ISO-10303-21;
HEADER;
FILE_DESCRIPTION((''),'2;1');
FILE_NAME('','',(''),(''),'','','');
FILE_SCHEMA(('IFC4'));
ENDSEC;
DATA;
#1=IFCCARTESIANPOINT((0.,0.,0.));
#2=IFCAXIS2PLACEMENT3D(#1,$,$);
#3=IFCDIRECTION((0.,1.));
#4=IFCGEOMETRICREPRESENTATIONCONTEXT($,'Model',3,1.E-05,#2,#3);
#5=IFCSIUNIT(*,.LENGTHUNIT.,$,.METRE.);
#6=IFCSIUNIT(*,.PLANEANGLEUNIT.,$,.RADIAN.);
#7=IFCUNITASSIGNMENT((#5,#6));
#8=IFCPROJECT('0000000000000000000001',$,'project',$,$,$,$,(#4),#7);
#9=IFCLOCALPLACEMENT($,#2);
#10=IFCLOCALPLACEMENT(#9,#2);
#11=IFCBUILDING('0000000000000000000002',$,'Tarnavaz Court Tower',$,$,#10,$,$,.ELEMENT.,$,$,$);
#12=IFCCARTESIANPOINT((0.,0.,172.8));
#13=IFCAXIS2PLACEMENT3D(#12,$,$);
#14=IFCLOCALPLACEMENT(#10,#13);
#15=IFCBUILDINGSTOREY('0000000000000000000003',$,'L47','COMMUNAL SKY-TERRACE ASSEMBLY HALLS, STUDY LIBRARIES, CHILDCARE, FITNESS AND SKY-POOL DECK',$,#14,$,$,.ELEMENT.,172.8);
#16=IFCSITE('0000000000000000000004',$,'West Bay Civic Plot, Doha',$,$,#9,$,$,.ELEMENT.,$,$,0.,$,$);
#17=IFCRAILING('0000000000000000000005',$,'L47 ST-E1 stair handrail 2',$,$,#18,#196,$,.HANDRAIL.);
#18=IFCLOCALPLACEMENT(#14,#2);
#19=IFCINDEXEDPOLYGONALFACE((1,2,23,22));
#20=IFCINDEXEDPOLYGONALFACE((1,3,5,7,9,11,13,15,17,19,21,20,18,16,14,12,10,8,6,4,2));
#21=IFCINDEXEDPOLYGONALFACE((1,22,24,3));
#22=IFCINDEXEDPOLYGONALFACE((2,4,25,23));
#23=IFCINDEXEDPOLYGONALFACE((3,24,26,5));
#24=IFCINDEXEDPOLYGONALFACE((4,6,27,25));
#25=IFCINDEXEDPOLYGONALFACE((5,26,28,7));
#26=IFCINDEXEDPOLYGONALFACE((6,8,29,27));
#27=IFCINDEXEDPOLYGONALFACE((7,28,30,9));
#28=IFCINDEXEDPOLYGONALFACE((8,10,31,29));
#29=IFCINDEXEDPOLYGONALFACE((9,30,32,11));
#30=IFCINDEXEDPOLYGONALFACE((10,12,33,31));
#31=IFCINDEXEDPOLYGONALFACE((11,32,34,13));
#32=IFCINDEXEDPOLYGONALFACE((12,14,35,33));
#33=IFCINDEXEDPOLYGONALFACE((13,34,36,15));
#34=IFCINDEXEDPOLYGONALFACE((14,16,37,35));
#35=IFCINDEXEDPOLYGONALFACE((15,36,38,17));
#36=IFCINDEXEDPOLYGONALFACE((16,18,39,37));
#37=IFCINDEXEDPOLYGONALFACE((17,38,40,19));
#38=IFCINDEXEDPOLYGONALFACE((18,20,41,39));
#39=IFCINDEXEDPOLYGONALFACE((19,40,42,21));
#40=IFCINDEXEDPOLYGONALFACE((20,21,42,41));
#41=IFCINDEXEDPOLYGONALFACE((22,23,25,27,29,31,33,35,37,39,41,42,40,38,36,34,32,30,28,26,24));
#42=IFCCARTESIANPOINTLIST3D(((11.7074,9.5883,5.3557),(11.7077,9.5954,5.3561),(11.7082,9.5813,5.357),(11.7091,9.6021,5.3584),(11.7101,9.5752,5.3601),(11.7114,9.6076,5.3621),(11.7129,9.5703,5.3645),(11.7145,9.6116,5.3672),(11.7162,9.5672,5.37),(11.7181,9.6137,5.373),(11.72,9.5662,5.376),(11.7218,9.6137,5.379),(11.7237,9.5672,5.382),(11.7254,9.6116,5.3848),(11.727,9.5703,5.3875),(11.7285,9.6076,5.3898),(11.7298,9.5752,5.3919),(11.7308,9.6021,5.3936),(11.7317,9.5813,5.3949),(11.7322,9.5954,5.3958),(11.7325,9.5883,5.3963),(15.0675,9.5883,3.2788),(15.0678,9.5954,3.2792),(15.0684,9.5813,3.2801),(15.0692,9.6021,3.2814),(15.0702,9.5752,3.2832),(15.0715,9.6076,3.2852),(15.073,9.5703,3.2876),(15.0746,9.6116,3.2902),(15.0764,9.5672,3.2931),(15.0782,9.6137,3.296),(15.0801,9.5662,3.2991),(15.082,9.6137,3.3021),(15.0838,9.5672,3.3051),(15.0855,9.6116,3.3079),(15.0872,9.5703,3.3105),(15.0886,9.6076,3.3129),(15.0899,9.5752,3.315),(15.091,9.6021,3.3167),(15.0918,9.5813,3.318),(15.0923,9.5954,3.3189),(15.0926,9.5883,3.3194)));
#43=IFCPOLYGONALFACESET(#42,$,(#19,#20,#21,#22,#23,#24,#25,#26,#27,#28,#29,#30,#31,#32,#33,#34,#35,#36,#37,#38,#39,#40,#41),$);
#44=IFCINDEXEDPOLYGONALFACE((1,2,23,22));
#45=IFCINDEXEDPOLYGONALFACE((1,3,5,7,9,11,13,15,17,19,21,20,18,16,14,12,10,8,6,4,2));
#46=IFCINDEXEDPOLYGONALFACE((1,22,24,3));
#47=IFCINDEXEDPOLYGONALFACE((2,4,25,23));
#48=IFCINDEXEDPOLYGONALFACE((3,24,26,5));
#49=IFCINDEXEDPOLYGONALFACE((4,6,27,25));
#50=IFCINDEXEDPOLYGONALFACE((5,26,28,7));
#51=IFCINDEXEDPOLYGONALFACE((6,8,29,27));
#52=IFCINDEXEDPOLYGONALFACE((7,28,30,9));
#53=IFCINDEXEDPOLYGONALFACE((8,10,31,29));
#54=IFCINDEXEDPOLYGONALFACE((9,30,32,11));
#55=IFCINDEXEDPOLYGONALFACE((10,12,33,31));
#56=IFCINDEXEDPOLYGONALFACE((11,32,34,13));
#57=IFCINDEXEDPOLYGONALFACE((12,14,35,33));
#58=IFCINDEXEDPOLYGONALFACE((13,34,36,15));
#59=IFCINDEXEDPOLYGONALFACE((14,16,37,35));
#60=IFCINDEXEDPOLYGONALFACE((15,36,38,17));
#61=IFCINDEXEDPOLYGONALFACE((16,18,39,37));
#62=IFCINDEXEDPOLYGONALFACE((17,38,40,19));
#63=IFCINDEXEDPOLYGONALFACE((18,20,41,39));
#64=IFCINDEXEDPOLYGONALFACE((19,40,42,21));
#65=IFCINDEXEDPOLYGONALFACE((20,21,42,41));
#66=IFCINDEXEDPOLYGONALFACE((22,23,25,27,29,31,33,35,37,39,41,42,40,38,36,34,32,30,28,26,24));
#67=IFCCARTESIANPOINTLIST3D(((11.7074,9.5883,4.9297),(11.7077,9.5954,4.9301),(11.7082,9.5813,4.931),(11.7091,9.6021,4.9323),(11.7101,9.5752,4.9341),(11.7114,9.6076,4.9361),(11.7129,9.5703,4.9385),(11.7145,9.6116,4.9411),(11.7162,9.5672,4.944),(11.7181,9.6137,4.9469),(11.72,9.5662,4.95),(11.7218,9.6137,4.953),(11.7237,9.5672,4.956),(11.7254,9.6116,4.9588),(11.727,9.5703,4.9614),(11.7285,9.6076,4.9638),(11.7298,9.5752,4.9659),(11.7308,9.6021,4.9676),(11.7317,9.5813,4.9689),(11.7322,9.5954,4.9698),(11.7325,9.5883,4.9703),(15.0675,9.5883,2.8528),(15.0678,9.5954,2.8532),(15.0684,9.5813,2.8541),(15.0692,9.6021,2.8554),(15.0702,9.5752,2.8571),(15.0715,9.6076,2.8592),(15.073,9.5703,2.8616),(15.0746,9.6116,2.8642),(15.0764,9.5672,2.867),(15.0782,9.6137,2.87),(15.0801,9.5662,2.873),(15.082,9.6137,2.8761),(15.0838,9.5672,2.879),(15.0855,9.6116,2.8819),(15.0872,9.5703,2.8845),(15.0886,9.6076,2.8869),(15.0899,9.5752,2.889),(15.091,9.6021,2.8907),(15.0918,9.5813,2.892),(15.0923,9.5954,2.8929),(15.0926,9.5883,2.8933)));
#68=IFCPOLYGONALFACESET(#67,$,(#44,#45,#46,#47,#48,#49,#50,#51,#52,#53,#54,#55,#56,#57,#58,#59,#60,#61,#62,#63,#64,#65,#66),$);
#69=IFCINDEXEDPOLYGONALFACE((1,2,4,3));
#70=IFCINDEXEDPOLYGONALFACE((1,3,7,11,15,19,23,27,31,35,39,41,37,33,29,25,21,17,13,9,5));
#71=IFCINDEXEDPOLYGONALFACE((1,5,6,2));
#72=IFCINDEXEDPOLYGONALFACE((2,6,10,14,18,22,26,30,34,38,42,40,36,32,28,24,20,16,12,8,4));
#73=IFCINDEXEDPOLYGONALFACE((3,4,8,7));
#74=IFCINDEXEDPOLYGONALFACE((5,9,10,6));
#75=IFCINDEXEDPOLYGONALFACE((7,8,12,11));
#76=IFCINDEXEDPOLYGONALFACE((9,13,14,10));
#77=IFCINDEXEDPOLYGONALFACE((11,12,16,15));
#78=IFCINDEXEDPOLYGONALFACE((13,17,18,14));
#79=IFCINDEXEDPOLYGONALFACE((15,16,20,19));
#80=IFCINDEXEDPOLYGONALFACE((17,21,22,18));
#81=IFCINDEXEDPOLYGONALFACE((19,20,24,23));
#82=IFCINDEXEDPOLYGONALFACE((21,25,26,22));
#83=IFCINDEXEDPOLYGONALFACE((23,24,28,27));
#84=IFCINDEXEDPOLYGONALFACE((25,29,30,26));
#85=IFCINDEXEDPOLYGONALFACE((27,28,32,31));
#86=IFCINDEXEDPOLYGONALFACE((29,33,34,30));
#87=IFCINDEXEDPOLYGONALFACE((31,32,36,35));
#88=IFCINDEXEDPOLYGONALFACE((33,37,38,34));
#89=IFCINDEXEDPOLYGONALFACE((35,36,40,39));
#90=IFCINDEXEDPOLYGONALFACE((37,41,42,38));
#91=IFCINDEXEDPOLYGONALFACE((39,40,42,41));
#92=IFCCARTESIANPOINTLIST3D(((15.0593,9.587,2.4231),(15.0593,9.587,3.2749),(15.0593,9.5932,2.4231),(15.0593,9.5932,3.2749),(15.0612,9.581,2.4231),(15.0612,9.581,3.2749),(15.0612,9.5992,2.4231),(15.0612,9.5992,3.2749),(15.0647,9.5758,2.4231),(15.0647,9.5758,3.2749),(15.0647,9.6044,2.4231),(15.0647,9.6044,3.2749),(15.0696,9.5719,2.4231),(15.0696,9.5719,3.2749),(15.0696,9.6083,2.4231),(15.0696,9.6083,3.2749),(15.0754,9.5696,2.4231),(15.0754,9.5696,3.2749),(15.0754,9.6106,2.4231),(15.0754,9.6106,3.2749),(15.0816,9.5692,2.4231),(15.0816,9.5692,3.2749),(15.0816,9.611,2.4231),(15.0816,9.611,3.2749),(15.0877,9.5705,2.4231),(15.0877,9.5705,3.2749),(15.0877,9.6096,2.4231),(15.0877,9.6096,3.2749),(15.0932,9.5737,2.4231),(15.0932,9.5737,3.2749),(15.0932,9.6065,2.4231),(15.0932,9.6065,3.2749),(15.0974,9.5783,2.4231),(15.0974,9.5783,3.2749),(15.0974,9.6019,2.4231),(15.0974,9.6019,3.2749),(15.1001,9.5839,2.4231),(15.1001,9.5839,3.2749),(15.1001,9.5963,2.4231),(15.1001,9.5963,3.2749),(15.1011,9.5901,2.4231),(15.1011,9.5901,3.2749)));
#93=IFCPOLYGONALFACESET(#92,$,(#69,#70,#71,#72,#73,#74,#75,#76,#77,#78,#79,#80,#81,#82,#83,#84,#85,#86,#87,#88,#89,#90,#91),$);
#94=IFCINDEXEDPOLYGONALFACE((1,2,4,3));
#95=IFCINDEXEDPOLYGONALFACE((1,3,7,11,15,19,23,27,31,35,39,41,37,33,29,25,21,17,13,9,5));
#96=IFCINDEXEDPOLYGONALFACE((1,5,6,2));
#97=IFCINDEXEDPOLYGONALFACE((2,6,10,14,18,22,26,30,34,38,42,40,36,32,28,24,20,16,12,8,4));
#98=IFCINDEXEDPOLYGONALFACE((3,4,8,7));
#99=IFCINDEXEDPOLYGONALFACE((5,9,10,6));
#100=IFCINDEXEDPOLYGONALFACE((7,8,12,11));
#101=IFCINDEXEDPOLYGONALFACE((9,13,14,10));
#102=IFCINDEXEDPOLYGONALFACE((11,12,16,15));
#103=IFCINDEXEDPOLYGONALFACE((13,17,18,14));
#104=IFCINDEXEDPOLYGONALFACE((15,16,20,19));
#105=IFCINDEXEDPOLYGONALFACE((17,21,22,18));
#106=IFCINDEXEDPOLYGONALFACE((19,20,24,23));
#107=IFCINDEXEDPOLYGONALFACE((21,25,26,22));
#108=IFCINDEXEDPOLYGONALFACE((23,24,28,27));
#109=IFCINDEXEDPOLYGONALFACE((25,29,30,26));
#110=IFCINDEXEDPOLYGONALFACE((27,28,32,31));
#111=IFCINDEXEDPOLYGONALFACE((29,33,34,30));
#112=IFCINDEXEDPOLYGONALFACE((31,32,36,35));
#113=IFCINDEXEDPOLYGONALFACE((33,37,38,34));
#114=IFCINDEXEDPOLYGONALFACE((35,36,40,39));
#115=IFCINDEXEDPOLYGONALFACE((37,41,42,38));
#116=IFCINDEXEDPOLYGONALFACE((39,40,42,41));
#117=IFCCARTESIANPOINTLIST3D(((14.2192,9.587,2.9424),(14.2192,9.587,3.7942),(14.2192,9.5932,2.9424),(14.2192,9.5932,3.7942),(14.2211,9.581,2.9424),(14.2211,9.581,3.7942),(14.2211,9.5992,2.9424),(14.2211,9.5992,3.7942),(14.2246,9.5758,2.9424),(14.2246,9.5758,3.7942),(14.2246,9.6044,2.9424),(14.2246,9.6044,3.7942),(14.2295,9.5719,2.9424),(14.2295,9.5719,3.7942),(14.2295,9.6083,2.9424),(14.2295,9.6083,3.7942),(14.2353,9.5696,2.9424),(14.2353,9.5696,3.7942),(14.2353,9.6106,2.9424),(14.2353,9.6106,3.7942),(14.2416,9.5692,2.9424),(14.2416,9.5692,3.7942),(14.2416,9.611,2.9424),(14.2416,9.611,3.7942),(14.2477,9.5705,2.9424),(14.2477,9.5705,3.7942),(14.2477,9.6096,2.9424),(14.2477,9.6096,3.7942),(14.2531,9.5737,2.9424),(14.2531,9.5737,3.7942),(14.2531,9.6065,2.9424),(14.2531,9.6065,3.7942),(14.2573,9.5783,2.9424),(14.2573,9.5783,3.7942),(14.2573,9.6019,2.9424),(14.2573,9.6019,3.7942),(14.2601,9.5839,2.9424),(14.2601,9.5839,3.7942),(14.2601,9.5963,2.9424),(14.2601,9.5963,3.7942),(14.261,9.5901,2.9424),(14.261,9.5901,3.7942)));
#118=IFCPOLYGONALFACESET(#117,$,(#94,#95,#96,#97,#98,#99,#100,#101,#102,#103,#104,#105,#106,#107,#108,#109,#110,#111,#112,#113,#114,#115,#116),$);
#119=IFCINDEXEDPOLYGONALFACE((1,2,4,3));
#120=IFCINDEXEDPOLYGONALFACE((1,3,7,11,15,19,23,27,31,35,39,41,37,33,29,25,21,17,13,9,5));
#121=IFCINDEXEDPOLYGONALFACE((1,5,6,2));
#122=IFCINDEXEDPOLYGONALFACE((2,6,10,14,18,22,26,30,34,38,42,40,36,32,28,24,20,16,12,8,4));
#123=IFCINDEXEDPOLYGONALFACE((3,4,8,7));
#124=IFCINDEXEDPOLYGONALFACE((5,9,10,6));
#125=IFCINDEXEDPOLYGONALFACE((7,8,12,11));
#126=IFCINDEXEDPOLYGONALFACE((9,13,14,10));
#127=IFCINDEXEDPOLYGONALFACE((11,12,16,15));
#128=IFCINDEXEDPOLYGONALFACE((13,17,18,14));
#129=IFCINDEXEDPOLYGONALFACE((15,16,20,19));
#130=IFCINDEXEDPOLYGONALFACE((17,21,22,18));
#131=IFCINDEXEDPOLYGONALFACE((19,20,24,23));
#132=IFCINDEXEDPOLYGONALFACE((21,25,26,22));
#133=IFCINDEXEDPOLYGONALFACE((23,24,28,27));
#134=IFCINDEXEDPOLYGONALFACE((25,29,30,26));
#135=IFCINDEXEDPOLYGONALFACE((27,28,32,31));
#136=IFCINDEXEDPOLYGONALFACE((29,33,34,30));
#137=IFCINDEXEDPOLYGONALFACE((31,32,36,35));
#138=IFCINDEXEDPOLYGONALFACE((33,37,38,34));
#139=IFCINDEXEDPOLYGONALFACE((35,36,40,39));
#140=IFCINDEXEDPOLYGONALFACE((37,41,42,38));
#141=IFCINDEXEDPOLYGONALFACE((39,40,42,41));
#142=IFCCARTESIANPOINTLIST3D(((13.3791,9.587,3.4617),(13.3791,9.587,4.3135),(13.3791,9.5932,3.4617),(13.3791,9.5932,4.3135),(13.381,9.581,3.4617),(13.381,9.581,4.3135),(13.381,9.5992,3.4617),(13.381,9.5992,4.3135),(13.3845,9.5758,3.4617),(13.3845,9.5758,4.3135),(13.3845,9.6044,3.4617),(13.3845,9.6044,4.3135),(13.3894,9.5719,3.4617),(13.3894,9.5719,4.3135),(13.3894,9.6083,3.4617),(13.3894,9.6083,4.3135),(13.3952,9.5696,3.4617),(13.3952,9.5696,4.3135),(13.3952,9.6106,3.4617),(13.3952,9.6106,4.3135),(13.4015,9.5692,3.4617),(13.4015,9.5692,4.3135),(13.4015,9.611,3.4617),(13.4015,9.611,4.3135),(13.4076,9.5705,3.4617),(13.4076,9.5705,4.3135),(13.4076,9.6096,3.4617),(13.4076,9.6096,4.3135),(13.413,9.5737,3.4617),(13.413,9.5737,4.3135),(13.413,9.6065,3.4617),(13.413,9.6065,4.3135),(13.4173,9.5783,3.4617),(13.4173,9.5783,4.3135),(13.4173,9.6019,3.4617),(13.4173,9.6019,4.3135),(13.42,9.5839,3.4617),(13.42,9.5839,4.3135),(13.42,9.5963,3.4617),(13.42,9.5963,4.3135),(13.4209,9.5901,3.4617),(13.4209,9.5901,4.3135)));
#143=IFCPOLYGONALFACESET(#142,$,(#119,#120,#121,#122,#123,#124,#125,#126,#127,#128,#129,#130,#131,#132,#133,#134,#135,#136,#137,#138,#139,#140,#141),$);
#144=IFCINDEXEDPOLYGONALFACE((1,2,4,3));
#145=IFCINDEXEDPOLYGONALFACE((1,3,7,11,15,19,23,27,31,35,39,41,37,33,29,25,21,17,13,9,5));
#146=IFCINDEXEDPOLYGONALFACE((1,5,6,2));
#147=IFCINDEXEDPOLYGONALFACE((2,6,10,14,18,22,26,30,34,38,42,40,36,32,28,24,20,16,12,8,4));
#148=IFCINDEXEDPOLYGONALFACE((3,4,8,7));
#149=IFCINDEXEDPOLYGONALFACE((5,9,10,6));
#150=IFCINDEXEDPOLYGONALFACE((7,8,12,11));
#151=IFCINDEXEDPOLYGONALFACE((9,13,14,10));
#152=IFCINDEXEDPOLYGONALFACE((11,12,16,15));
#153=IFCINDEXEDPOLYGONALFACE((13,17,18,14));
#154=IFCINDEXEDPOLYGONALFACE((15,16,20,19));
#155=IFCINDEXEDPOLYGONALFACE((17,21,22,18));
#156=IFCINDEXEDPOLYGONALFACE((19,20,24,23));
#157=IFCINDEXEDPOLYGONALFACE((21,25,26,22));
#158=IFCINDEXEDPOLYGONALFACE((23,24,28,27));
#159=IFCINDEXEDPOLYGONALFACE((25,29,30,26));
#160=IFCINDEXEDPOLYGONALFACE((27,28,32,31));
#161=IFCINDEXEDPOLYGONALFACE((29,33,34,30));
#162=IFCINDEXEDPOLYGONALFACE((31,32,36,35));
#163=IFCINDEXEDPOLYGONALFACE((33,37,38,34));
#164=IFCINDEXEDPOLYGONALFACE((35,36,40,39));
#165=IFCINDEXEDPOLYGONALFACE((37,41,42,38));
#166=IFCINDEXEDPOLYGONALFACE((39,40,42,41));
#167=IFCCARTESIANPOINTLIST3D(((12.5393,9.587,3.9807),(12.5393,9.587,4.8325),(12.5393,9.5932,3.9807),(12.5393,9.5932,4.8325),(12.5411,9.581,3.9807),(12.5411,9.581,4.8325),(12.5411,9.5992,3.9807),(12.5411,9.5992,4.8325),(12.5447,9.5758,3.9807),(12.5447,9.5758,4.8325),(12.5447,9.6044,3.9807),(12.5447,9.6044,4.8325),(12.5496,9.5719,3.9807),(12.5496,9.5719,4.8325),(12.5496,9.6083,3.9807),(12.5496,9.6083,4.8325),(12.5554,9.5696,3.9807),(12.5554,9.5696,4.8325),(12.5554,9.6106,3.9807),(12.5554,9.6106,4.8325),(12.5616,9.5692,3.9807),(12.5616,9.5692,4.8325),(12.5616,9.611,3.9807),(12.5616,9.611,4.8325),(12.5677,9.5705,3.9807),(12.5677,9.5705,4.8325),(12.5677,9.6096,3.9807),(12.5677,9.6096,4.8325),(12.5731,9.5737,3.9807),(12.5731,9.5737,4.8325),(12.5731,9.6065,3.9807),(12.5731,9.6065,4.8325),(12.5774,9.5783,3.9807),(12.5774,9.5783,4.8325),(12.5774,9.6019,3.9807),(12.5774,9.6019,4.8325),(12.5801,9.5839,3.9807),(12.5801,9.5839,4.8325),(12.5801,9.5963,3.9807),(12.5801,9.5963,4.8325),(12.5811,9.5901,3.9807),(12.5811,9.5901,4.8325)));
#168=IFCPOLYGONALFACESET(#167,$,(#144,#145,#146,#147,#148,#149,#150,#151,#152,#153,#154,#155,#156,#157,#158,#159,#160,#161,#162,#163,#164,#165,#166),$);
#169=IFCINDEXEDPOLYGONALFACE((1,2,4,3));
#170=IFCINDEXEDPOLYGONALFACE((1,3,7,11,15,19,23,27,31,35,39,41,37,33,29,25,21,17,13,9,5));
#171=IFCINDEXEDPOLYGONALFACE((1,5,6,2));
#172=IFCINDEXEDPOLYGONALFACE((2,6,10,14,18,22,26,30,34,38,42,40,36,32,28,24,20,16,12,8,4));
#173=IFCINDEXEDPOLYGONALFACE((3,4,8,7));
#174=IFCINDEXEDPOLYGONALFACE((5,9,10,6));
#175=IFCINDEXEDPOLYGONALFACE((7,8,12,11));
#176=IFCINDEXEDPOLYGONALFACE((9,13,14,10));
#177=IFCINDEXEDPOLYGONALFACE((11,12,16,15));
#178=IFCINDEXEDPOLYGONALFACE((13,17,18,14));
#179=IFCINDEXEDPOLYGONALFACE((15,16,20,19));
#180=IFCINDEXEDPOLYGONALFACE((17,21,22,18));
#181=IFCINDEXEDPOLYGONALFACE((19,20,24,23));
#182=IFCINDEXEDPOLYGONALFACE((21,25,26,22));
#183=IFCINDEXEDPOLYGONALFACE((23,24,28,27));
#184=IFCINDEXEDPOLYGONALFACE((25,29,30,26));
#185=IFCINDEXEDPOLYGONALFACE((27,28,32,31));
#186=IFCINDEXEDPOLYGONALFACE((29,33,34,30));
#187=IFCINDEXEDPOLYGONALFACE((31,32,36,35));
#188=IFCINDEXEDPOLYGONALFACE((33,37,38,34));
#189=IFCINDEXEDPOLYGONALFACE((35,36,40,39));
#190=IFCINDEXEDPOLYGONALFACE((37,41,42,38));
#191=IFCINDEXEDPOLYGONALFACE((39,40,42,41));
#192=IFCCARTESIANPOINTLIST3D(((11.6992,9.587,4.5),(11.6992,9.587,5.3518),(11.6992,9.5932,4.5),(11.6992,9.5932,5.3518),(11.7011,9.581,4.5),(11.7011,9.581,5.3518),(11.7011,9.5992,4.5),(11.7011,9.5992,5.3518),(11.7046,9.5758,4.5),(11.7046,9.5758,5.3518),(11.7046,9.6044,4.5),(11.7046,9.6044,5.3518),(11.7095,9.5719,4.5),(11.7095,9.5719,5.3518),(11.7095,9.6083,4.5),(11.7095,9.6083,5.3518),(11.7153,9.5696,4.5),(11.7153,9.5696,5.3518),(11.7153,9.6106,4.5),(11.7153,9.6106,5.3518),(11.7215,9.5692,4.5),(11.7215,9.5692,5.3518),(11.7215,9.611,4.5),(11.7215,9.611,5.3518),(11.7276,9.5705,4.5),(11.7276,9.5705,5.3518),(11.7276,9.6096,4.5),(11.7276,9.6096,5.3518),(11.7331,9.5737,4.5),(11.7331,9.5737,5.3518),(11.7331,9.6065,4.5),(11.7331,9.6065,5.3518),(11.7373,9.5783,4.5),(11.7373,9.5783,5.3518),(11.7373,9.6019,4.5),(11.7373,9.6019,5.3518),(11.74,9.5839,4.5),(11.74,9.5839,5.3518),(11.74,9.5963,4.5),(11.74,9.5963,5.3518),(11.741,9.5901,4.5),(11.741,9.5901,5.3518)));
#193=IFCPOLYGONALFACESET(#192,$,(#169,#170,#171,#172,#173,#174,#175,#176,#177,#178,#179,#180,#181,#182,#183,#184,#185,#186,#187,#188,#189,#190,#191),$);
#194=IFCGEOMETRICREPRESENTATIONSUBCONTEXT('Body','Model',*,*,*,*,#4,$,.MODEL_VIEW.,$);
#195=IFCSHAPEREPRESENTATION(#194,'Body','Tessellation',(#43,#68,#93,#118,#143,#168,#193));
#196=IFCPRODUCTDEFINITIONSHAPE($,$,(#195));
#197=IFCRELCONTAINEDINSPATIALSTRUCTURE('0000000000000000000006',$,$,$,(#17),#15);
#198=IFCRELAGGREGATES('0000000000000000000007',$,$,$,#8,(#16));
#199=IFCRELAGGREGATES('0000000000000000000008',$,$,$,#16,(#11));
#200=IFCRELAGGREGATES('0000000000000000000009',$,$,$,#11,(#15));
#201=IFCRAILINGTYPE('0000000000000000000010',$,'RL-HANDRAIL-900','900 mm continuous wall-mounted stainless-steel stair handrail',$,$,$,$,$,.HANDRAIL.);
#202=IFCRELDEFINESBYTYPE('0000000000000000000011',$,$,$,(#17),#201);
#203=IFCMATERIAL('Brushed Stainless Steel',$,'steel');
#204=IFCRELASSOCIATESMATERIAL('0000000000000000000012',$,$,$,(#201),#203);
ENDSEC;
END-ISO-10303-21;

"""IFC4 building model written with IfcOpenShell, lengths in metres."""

from ifc_helpers import new_model, si_unit, direction, frame, origin, origin_2d, place, context, subcontext, project, spatial, circle, extrude, material, type_object, element, save


model = new_model("IFC4")

# Units and contexts
model_context = context("Model", 3, precision=1e-05, world=origin(), true_north=direction((0.0, 1.0)))
body_context = subcontext(model_context, "Body", "Model", "MODEL_VIEW")
ifc_project = project(units=[si_unit("LENGTHUNIT", "METRE"), si_unit("PLANEANGLEUNIT", "RADIAN")], contexts=[model_context])

# Site, building, storey
site_placement = place(None, origin())
site = spatial("IfcSite", under=ifc_project, at=site_placement, Name="West Bay Civic Plot, Doha", CompositionType="ELEMENT", RefElevation=0.0)
building_placement = place(site_placement, origin())
building = spatial("IfcBuilding", under=site, at=building_placement, Name="Tarnavaz Court Tower", CompositionType="ELEMENT")
storey_placement = place(building_placement, frame((0.0, 0.0, 172.8)))
storey = spatial("IfcBuildingStorey", under=building, at=storey_placement, Name="L47", Description="COMMUNAL SKY-TERRACE ASSEMBLY HALLS, STUDY LIBRARIES, CHILDCARE, FITNESS AND SKY-POOL DECK", CompositionType="ELEMENT", Elevation=172.8)

# Railing
ifc_material_1 = material(Name="Brushed Stainless Steel", Category="steel")
railing_type_1 = type_object("IfcRailingType", Name="RL-HANDRAIL-900", Description="900 mm continuous wall-mounted stainless-steel stair handrail", PredefinedType="HANDRAIL", material=ifc_material_1)
railing_1_placement = place(storey_placement, frame((15.0801, 9.5901, 2.4231)))
element("IfcRailing", 1, at=railing_1_placement, inside=storey, type_object=railing_type_1, Name="L47 ST-E1 stair handrail 2", PredefinedType="HANDRAIL", context=body_context, shape_type="SweptSolid", body=[
    extrude(circle(Radius=0.0239, at=origin_2d()), frame((0.0, 0.0, 0.876), z_axis=(-0.850623, 0.0, 0.525776), x_axis=(0.0, -1.0, 0.0)), (0.0, 0.0, 1.0), 3.9502),
    extrude(circle(Radius=0.0239, at=origin_2d()), frame((0.0, 0.0, 0.45), z_axis=(-0.850623, 0.0, 0.525776), x_axis=(0.0, -1.0, 0.0)), (0.0, 0.0, 1.0), 3.9502),
    extrude(circle(Radius=0.021, at=origin_2d()), origin(), (0.0, 0.0, 1.0), 0.8518),
    extrude(circle(Radius=0.021, at=origin_2d()), frame((-0.8401, 0.0, 0.5193)), (0.0, 0.0, 1.0), 0.8518),
    extrude(circle(Radius=0.021, at=origin_2d()), frame((-1.6802, 0.0, 1.0386)), (0.0, 0.0, 1.0), 0.8518),
    extrude(circle(Radius=0.021, at=origin_2d()), frame((-2.52, 0.0, 1.5576)), (0.0, 0.0, 1.0), 0.8518),
    extrude(circle(Radius=0.021, at=origin_2d()), frame((-3.3601, 0.0, 2.0769)), (0.0, 0.0, 1.0), 0.8518),
])

save(model, "model.ifc")
